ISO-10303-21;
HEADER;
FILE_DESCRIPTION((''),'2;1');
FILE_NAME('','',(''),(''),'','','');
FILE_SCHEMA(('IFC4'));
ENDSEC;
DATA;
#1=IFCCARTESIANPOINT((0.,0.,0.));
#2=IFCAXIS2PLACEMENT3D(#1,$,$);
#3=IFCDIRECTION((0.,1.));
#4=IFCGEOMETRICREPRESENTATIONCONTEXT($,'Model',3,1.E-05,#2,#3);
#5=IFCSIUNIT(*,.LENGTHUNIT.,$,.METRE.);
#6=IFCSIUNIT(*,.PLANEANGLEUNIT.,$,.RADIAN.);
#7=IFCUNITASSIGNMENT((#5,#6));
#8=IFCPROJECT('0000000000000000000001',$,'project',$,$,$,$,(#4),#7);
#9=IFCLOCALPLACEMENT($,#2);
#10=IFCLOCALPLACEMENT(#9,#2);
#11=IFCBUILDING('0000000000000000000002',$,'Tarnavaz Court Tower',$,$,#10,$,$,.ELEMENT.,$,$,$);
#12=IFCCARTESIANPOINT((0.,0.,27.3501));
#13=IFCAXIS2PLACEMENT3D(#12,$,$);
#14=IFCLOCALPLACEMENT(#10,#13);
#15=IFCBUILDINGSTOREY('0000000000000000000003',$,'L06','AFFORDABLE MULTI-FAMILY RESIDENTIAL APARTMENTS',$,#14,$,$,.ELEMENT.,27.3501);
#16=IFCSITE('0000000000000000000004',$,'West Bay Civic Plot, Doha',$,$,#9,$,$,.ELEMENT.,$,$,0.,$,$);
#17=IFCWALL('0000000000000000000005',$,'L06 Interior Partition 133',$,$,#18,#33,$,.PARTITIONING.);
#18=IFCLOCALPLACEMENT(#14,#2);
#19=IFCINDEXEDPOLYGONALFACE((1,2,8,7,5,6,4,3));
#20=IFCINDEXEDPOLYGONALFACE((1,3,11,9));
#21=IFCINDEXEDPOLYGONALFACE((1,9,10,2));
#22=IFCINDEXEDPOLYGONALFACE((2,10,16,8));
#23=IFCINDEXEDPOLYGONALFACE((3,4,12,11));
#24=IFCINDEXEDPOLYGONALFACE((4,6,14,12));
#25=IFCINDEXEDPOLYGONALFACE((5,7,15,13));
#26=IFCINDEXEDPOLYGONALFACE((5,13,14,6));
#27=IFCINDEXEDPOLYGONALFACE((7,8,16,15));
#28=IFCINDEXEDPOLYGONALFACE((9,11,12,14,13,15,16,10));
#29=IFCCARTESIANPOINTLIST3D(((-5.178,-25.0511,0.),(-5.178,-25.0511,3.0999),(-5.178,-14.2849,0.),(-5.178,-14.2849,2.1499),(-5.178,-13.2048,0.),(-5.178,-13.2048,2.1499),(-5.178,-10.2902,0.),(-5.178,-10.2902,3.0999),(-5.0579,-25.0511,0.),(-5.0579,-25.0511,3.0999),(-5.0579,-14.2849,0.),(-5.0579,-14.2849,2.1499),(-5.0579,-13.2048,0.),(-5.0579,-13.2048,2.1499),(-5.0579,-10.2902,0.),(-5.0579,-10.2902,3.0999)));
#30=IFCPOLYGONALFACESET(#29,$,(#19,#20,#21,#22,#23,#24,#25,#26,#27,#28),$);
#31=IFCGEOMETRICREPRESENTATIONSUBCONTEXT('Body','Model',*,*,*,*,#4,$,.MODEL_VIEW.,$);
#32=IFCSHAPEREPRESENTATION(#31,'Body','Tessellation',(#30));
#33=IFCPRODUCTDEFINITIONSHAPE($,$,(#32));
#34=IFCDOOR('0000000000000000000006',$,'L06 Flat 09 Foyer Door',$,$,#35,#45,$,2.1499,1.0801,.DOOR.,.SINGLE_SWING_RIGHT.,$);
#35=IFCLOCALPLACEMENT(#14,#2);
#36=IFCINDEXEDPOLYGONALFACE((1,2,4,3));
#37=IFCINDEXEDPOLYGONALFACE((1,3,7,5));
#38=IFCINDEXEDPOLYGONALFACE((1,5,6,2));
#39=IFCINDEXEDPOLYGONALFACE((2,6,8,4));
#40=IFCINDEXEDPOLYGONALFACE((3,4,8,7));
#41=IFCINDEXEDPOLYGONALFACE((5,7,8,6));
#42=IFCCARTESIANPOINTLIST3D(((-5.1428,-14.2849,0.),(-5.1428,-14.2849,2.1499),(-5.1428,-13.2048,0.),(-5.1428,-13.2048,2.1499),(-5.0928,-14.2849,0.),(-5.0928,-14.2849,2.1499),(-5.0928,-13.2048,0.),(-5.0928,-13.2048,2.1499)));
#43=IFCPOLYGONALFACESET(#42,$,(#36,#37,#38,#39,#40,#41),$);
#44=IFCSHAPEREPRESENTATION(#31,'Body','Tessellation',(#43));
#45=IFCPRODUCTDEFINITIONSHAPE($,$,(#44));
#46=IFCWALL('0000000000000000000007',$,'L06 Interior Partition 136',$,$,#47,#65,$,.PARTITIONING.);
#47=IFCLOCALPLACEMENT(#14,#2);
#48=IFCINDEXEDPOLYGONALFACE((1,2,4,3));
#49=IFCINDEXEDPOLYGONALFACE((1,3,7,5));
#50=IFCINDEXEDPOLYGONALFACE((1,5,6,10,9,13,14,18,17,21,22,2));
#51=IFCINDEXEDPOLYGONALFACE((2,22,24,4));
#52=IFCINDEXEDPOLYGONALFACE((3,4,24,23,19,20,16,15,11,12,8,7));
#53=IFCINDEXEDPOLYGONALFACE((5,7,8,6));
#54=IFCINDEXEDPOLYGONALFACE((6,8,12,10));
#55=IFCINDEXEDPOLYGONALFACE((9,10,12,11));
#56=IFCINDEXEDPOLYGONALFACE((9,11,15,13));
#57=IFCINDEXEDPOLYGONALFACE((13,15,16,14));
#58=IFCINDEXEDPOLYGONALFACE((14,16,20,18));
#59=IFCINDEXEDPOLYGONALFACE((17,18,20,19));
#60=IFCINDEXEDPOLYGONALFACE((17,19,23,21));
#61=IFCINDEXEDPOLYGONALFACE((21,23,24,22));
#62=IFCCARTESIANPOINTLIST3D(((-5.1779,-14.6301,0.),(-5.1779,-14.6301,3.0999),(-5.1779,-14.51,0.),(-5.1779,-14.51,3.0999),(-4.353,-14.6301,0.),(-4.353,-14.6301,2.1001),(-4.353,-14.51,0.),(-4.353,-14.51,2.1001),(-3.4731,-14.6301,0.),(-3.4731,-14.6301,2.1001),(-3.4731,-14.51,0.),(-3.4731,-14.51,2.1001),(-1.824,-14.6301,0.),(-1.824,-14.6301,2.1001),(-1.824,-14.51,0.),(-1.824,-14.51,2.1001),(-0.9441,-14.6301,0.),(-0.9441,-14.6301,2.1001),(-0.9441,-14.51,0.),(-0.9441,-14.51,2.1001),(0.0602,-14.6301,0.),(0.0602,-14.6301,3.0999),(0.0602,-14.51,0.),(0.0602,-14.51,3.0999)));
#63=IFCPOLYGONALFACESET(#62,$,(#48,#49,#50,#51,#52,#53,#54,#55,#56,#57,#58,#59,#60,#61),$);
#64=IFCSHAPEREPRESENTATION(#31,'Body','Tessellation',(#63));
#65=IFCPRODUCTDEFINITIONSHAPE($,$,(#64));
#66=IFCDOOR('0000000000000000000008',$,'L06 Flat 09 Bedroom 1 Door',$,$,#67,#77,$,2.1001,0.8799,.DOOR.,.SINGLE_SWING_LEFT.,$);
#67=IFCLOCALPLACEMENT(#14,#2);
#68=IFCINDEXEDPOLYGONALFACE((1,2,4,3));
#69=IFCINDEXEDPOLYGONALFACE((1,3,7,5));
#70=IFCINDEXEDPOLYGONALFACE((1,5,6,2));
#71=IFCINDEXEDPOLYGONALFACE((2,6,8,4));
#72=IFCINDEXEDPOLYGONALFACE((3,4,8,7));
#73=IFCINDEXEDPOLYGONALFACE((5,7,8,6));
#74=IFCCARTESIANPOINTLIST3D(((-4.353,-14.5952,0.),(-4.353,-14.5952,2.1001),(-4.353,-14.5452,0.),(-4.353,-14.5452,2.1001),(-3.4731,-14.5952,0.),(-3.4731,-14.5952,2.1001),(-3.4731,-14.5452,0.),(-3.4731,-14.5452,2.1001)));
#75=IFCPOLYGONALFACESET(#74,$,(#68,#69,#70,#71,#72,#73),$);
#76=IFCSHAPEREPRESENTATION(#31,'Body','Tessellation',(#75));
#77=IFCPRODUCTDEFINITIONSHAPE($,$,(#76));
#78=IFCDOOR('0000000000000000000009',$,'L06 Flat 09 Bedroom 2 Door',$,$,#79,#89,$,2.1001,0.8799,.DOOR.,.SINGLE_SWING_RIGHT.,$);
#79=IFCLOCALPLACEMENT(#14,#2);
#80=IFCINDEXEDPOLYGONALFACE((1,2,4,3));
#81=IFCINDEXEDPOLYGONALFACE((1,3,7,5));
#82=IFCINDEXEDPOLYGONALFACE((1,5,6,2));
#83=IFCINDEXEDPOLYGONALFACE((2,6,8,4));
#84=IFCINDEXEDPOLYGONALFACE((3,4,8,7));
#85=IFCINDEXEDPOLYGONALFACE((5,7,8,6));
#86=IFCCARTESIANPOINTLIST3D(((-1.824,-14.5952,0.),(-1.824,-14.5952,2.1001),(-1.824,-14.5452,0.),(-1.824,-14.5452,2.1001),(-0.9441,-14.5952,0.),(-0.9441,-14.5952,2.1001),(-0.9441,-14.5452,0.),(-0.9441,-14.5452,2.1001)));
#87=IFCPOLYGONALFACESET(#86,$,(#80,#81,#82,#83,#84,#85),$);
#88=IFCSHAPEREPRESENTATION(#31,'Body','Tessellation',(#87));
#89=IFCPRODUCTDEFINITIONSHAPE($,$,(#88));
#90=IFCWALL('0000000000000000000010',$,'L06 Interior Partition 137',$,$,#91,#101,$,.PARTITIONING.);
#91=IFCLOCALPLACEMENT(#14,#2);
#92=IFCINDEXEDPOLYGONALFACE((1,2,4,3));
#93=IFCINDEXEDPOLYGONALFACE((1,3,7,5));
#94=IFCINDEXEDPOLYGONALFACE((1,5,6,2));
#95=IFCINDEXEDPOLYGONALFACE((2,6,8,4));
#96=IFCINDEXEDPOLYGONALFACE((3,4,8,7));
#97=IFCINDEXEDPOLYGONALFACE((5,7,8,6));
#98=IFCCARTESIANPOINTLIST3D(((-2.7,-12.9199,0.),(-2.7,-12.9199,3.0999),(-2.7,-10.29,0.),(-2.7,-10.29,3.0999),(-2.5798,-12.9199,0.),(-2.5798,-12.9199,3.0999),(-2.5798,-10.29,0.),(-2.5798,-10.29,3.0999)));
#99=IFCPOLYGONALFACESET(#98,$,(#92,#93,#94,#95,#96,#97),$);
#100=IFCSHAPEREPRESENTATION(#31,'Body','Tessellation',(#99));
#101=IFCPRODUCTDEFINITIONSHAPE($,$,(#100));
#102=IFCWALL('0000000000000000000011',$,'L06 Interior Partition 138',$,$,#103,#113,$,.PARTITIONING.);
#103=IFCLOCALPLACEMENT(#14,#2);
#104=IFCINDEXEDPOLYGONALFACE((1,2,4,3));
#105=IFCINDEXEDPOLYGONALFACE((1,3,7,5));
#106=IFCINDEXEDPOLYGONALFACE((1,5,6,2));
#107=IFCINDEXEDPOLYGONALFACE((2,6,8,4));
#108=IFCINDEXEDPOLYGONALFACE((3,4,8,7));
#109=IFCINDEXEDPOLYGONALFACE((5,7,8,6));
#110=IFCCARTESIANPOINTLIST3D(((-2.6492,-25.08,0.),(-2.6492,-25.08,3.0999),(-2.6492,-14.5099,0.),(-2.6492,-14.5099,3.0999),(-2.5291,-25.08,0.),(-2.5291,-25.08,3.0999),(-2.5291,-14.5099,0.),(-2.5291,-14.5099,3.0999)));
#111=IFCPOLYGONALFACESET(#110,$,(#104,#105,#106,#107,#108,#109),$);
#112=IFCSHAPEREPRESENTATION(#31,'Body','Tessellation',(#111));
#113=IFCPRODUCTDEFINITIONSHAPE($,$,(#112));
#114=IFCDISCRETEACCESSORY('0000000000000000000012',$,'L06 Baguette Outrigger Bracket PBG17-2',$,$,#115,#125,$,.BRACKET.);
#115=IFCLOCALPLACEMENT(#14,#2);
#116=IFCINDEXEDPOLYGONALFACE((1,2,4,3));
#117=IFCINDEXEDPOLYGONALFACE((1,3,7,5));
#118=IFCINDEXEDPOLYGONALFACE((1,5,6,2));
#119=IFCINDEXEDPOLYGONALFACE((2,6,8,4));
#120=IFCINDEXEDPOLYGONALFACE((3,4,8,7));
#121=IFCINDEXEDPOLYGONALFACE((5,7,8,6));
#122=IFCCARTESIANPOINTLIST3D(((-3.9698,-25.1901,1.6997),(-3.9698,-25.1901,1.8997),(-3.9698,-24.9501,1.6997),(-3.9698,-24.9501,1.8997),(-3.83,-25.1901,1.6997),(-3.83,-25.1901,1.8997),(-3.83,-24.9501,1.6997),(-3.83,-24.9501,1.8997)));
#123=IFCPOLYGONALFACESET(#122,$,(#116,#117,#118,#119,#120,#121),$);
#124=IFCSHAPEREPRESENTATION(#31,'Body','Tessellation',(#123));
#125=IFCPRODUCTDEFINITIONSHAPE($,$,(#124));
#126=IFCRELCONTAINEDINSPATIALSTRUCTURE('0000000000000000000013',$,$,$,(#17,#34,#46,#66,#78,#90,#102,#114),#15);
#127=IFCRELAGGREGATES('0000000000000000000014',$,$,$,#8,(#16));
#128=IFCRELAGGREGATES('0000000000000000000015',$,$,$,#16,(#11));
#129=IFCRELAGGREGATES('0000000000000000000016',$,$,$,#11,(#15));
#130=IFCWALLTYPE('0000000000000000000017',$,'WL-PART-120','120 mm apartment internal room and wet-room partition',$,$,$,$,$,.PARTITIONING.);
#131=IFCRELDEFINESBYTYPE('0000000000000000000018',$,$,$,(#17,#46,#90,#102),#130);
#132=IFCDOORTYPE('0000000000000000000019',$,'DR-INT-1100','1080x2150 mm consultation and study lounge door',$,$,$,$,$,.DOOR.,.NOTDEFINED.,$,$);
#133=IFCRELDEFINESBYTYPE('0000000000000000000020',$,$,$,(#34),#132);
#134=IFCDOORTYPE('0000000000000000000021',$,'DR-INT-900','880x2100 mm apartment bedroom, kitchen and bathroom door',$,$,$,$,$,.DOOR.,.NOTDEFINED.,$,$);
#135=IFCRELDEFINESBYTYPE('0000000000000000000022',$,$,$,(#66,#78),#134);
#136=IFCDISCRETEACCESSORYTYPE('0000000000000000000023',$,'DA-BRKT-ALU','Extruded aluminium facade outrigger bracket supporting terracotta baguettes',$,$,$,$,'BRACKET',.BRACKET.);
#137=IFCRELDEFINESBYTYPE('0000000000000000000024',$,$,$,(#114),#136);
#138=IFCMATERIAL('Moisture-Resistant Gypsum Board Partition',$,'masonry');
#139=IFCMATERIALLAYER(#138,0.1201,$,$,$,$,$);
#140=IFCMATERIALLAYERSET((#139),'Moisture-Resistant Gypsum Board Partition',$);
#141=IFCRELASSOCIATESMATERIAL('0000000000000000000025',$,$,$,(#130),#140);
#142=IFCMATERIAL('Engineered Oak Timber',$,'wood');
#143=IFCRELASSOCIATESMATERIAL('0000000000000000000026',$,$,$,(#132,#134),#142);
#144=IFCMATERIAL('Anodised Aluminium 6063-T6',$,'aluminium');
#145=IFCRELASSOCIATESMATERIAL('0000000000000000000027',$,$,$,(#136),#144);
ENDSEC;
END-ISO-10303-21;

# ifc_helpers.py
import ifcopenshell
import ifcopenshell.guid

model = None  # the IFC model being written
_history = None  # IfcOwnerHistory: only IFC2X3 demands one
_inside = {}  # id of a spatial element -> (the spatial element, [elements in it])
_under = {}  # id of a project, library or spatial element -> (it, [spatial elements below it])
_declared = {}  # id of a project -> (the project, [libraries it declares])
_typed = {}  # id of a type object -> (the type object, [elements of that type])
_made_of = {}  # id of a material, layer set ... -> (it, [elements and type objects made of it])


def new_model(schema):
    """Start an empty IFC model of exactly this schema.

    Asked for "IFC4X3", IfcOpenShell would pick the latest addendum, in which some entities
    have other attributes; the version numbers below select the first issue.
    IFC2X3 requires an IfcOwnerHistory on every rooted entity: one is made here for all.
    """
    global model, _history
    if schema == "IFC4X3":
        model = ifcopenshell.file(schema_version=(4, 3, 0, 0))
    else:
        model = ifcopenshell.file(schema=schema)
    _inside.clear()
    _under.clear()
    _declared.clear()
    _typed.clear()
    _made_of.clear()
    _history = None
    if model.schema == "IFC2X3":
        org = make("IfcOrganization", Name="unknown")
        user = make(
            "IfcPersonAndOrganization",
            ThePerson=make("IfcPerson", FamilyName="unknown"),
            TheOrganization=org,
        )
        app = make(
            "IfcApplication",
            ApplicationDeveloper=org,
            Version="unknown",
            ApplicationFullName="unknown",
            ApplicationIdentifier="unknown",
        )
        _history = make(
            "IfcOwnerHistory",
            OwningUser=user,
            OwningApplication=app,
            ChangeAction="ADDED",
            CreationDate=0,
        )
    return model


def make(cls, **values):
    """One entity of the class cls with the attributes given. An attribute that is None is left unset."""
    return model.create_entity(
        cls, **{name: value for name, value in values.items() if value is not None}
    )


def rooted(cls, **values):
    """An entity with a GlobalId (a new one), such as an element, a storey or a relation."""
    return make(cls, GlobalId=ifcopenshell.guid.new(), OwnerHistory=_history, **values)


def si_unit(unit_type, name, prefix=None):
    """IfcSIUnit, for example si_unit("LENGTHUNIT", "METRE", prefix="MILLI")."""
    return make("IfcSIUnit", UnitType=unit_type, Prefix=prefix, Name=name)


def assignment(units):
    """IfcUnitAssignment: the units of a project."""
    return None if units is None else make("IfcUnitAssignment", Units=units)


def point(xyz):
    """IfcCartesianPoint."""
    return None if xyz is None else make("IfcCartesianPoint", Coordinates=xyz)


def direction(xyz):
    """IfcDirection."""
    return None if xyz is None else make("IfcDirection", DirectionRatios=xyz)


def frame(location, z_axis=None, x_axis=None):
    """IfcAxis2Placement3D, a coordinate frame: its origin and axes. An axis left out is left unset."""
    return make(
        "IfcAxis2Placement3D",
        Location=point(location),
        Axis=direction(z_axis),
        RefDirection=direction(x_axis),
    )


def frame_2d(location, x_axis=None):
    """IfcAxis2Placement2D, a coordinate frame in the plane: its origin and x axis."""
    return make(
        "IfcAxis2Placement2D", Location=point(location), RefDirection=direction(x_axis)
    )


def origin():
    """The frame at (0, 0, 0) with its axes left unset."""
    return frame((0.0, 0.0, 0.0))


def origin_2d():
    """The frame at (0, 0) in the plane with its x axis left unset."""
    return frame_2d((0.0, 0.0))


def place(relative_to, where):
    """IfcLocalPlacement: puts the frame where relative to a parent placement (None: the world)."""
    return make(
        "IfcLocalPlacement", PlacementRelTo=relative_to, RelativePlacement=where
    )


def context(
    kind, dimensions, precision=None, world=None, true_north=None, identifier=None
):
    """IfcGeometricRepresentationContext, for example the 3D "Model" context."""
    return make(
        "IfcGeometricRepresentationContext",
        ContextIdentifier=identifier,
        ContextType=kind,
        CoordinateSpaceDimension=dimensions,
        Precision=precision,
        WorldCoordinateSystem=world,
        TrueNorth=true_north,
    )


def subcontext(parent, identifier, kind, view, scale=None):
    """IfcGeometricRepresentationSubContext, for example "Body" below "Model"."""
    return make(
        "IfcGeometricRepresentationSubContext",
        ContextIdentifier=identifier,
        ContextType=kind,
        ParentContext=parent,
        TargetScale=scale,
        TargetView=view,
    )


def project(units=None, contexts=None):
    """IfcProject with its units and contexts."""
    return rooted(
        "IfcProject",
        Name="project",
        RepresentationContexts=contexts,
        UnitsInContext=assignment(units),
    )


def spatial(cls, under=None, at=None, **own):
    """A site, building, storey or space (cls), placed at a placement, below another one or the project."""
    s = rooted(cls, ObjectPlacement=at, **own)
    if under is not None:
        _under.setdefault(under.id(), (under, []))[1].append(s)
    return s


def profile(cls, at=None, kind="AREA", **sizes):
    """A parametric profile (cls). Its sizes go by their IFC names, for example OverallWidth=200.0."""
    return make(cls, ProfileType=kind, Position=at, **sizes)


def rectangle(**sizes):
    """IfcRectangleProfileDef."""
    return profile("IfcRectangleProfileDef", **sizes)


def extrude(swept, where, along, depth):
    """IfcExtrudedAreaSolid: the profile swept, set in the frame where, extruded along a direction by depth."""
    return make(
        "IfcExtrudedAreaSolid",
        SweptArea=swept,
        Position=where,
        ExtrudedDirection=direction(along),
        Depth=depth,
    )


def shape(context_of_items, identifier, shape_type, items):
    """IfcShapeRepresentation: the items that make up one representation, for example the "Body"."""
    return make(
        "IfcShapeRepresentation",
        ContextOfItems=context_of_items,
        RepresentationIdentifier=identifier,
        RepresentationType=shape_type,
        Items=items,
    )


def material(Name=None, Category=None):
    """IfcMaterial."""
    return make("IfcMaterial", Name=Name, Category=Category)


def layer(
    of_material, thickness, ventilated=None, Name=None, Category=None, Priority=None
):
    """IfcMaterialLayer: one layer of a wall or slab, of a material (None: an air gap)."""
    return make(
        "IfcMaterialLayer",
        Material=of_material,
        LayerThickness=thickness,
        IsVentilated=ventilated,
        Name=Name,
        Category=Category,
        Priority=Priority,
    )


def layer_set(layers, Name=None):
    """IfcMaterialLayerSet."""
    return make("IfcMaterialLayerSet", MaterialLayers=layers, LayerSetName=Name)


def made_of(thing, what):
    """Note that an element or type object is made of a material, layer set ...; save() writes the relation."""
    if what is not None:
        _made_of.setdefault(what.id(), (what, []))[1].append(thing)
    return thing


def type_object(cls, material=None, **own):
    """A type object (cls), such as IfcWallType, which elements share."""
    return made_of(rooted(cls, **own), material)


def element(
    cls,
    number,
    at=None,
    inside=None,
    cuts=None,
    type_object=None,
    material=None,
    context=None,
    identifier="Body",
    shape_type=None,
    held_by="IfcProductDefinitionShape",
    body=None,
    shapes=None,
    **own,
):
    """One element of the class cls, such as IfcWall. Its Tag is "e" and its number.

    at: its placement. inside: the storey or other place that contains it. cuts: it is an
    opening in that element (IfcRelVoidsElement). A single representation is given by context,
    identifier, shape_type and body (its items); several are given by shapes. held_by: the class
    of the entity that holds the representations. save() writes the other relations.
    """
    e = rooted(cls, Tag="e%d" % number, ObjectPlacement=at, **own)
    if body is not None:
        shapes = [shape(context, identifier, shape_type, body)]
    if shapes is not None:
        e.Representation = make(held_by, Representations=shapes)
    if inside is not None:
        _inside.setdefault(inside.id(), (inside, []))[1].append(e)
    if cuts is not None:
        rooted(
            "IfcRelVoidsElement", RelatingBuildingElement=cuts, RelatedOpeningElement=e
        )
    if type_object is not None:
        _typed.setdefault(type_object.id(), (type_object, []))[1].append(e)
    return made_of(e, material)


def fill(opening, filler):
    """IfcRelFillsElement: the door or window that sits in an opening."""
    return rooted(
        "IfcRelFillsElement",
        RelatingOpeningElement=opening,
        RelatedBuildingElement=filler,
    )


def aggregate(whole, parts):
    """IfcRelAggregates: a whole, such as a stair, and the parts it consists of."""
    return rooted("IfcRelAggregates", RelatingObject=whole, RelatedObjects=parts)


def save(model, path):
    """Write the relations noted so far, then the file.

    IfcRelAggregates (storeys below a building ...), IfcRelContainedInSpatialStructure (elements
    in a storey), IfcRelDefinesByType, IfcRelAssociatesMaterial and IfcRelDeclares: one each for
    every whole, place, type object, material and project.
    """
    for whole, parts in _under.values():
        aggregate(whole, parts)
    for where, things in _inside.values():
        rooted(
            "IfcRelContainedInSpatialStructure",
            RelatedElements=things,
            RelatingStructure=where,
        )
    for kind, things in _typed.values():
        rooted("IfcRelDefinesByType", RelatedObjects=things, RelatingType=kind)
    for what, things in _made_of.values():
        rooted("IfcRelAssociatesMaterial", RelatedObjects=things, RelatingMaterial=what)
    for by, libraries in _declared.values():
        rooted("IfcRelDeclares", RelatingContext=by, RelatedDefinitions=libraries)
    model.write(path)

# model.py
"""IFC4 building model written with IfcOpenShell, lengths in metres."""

from ifc_helpers import new_model, si_unit, direction, frame, frame_2d, origin, origin_2d, place, context, subcontext, project, spatial, rectangle, extrude, material, layer, layer_set, type_object, element, fill, save


model = new_model("IFC4")

# Units and contexts
model_context = context("Model", 3, precision=1e-05, world=origin(), true_north=direction((0.0, 1.0)))
body_context = subcontext(model_context, "Body", "Model", "MODEL_VIEW")
ifc_project = project(units=[si_unit("LENGTHUNIT", "METRE"), si_unit("PLANEANGLEUNIT", "RADIAN")], contexts=[model_context])

# Site, building, storey
site_placement = place(None, origin())
site = spatial("IfcSite", under=ifc_project, at=site_placement, Name="West Bay Civic Plot, Doha", CompositionType="ELEMENT", RefElevation=0.0)
building_placement = place(site_placement, origin())
building = spatial("IfcBuilding", under=site, at=building_placement, Name="Tarnavaz Court Tower", CompositionType="ELEMENT")
storey_placement = place(building_placement, frame((0.0, 0.0, 27.3501)))
storey = spatial("IfcBuildingStorey", under=building, at=storey_placement, Name="L06", Description="AFFORDABLE MULTI-FAMILY RESIDENTIAL APARTMENTS", CompositionType="ELEMENT", Elevation=27.3501)

# Shared definitions
ifc_material_1 = material(Name="Anodised Aluminium 6063-T6", Category="aluminium")

# Wall, opening, door
ifc_material_2 = material(Name="Moisture-Resistant Gypsum Board Partition", Category="masonry")
ifc_layer_1 = layer(ifc_material_2, 0.1201)
ifc_layer_set_1 = layer_set([ifc_layer_1], Name="Moisture-Resistant Gypsum Board Partition")
wall_type_1 = type_object("IfcWallType", Name="WL-PART-120", Description="120 mm apartment internal room and wet-room partition", PredefinedType="PARTITIONING", material=ifc_layer_set_1)
wall_1_placement = place(storey_placement, frame((-5.1179, -25.051, 0.0), z_axis=(0.0, 0.0, 1.0), x_axis=(0.0, 1.0, 0.0)))
wall_1 = element("IfcWall", 1, at=wall_1_placement, inside=storey, type_object=wall_type_1, Name="L06 Interior Partition 133", PredefinedType="PARTITIONING", context=body_context, shape_type="SweptSolid", body=[
    extrude(rectangle(XDim=14.761, YDim=0.1201, at=frame_2d((7.3804, 0.0))), origin(), (0.0, 0.0, 1.0), 3.0999),
])
opening_1_placement = place(wall_1_placement, frame((10.7661, 0.0, 0.0)))
opening_1 = element("IfcOpeningElement", 2, at=opening_1_placement, cuts=wall_1, PredefinedType="OPENING", context=body_context, shape_type="SweptSolid", body=[
    extrude(rectangle(XDim=1.0801, YDim=2.1499, at=frame_2d((0.54, 1.075))), frame((0.0, 0.0701, 0.0), z_axis=(0.0, -1.0, 0.0), x_axis=(1.0, 0.0, 0.0)), (0.0, 0.0, 1.0), 0.1401),
])
ifc_material_3 = material(Name="Engineered Oak Timber", Category="wood")
door_type_1 = type_object("IfcDoorType", Name="DR-INT-1100", Description="1080x2150 mm consultation and study lounge door", OperationType="NOTDEFINED", PredefinedType="DOOR", material=ifc_material_3)
door_1_placement = place(opening_1_placement, origin())
door_1 = element("IfcDoor", 3, at=door_1_placement, inside=storey, type_object=door_type_1, Name="L06 Flat 09 Foyer Door", OperationType="SINGLE_SWING_RIGHT", OverallHeight=2.1499, OverallWidth=1.0801, PredefinedType="DOOR", context=body_context, shape_type="SweptSolid", body=[
    extrude(rectangle(XDim=1.0801, YDim=2.1499, at=frame_2d((0.54, 1.075))), frame((0.0, 0.0249, 0.0), z_axis=(0.0, -1.0, 0.0), x_axis=(1.0, 0.0, 0.0)), (0.0, 0.0, 1.0), 0.05),
])
fill(opening_1, door_1)

# Wall, openings, doors
wall_2_placement = place(storey_placement, frame((-5.178, -14.5701, 0.0), z_axis=(0.0, 0.0, 1.0), x_axis=(1.0, 0.0, 0.0)))
wall_2 = element("IfcWall", 4, at=wall_2_placement, inside=storey, type_object=wall_type_1, Name="L06 Interior Partition 136", PredefinedType="PARTITIONING", context=body_context, shape_type="SweptSolid", body=[
    extrude(rectangle(XDim=5.238, YDim=0.1201, at=frame_2d((2.6191, 0.0))), origin(), (0.0, 0.0, 1.0), 3.0999),
])
opening_2_placement = place(wall_2_placement, frame((0.825, 0.0, 0.0)))
opening_2 = element("IfcOpeningElement", 5, at=opening_2_placement, cuts=wall_2, PredefinedType="OPENING", context=body_context, shape_type="SweptSolid", body=[
    extrude(rectangle(XDim=0.8799, YDim=2.1001, at=frame_2d((0.4399, 1.05))), frame((0.0, 0.0701, 0.0), z_axis=(0.0, -1.0, 0.0), x_axis=(1.0, 0.0, 0.0)), (0.0, 0.0, 1.0), 0.1401),
])
opening_3_placement = place(wall_2_placement, frame((3.354, 0.0, 0.0)))
opening_3 = element("IfcOpeningElement", 6, at=opening_3_placement, cuts=wall_2, PredefinedType="OPENING", context=body_context, shape_type="SweptSolid", body=[
    extrude(rectangle(XDim=0.8799, YDim=2.1001, at=frame_2d((0.4399, 1.05))), frame((0.0, 0.0701, 0.0), z_axis=(0.0, -1.0, 0.0), x_axis=(1.0, 0.0, 0.0)), (0.0, 0.0, 1.0), 0.1401),
])
door_type_2 = type_object("IfcDoorType", Name="DR-INT-900", Description="880x2100 mm apartment bedroom, kitchen and bathroom door", OperationType="NOTDEFINED", PredefinedType="DOOR", material=ifc_material_3)
door_2_placement = place(opening_2_placement, origin())
door_2 = element("IfcDoor", 7, at=door_2_placement, inside=storey, type_object=door_type_2, Name="L06 Flat 09 Bedroom 1 Door", OperationType="SINGLE_SWING_LEFT", OverallHeight=2.1001, OverallWidth=0.8799, PredefinedType="DOOR", context=body_context, shape_type="SweptSolid", body=[
    extrude(rectangle(XDim=0.8799, YDim=2.1001, at=frame_2d((0.4399, 1.05))), frame((0.0, 0.0249, 0.0), z_axis=(0.0, -1.0, 0.0), x_axis=(1.0, 0.0, 0.0)), (0.0, 0.0, 1.0), 0.05),
])
fill(opening_2, door_2)
door_3_placement = place(opening_3_placement, origin())
door_3 = element("IfcDoor", 8, at=door_3_placement, inside=storey, type_object=door_type_2, Name="L06 Flat 09 Bedroom 2 Door", OperationType="SINGLE_SWING_RIGHT", OverallHeight=2.1001, OverallWidth=0.8799, PredefinedType="DOOR", context=body_context, shape_type="SweptSolid", body=[
    extrude(rectangle(XDim=0.8799, YDim=2.1001, at=frame_2d((0.4399, 1.05))), frame((0.0, 0.0249, 0.0), z_axis=(0.0, -1.0, 0.0), x_axis=(1.0, 0.0, 0.0)), (0.0, 0.0, 1.0), 0.05),
])
fill(opening_3, door_3)

# Walls
wall_3_placement = place(storey_placement, frame((-2.6399, -12.9199, 0.0), z_axis=(0.0, 0.0, 1.0), x_axis=(0.0, 1.0, 0.0)))
element("IfcWall", 9, at=wall_3_placement, inside=storey, type_object=wall_type_1, Name="L06 Interior Partition 137", PredefinedType="PARTITIONING", context=body_context, shape_type="SweptSolid", body=[
    extrude(rectangle(XDim=2.6299, YDim=0.1201, at=frame_2d((1.3149, 0.0))), origin(), (0.0, 0.0, 1.0), 3.0999),
])
wall_4_placement = place(storey_placement, frame((-2.5891, -25.0801, 0.0), z_axis=(0.0, 0.0, 1.0), x_axis=(0.0, 1.0, 0.0)))
element("IfcWall", 10, at=wall_4_placement, inside=storey, type_object=wall_type_1, Name="L06 Interior Partition 138", PredefinedType="PARTITIONING", context=body_context, shape_type="SweptSolid", body=[
    extrude(rectangle(XDim=10.5701, YDim=0.1201, at=frame_2d((5.2852, 0.0))), origin(), (0.0, 0.0, 1.0), 3.0999),
])

# Discrete accessory
discrete_accessory_type = type_object("IfcDiscreteAccessoryType", Name="DA-BRKT-ALU", Description="Extruded aluminium facade outrigger bracket supporting terracotta baguettes", ElementType="BRACKET", PredefinedType="BRACKET", material=ifc_material_1)
discrete_accessory_placement = place(storey_placement, frame((-3.8999, -25.0701, 1.6997), z_axis=(0.0, 0.0, 1.0), x_axis=(-1.0, 0.0, 0.0)))
element("IfcDiscreteAccessory", 11, at=discrete_accessory_placement, inside=storey, type_object=discrete_accessory_type, Name="L06 Baguette Outrigger Bracket PBG17-2", PredefinedType="BRACKET", context=body_context, shape_type="SweptSolid", body=[
    extrude(rectangle(XDim=0.1399, YDim=0.24, at=origin_2d()), origin(), (0.0, 0.0, 1.0), 0.2),
])

save(model, "model.ifc")
